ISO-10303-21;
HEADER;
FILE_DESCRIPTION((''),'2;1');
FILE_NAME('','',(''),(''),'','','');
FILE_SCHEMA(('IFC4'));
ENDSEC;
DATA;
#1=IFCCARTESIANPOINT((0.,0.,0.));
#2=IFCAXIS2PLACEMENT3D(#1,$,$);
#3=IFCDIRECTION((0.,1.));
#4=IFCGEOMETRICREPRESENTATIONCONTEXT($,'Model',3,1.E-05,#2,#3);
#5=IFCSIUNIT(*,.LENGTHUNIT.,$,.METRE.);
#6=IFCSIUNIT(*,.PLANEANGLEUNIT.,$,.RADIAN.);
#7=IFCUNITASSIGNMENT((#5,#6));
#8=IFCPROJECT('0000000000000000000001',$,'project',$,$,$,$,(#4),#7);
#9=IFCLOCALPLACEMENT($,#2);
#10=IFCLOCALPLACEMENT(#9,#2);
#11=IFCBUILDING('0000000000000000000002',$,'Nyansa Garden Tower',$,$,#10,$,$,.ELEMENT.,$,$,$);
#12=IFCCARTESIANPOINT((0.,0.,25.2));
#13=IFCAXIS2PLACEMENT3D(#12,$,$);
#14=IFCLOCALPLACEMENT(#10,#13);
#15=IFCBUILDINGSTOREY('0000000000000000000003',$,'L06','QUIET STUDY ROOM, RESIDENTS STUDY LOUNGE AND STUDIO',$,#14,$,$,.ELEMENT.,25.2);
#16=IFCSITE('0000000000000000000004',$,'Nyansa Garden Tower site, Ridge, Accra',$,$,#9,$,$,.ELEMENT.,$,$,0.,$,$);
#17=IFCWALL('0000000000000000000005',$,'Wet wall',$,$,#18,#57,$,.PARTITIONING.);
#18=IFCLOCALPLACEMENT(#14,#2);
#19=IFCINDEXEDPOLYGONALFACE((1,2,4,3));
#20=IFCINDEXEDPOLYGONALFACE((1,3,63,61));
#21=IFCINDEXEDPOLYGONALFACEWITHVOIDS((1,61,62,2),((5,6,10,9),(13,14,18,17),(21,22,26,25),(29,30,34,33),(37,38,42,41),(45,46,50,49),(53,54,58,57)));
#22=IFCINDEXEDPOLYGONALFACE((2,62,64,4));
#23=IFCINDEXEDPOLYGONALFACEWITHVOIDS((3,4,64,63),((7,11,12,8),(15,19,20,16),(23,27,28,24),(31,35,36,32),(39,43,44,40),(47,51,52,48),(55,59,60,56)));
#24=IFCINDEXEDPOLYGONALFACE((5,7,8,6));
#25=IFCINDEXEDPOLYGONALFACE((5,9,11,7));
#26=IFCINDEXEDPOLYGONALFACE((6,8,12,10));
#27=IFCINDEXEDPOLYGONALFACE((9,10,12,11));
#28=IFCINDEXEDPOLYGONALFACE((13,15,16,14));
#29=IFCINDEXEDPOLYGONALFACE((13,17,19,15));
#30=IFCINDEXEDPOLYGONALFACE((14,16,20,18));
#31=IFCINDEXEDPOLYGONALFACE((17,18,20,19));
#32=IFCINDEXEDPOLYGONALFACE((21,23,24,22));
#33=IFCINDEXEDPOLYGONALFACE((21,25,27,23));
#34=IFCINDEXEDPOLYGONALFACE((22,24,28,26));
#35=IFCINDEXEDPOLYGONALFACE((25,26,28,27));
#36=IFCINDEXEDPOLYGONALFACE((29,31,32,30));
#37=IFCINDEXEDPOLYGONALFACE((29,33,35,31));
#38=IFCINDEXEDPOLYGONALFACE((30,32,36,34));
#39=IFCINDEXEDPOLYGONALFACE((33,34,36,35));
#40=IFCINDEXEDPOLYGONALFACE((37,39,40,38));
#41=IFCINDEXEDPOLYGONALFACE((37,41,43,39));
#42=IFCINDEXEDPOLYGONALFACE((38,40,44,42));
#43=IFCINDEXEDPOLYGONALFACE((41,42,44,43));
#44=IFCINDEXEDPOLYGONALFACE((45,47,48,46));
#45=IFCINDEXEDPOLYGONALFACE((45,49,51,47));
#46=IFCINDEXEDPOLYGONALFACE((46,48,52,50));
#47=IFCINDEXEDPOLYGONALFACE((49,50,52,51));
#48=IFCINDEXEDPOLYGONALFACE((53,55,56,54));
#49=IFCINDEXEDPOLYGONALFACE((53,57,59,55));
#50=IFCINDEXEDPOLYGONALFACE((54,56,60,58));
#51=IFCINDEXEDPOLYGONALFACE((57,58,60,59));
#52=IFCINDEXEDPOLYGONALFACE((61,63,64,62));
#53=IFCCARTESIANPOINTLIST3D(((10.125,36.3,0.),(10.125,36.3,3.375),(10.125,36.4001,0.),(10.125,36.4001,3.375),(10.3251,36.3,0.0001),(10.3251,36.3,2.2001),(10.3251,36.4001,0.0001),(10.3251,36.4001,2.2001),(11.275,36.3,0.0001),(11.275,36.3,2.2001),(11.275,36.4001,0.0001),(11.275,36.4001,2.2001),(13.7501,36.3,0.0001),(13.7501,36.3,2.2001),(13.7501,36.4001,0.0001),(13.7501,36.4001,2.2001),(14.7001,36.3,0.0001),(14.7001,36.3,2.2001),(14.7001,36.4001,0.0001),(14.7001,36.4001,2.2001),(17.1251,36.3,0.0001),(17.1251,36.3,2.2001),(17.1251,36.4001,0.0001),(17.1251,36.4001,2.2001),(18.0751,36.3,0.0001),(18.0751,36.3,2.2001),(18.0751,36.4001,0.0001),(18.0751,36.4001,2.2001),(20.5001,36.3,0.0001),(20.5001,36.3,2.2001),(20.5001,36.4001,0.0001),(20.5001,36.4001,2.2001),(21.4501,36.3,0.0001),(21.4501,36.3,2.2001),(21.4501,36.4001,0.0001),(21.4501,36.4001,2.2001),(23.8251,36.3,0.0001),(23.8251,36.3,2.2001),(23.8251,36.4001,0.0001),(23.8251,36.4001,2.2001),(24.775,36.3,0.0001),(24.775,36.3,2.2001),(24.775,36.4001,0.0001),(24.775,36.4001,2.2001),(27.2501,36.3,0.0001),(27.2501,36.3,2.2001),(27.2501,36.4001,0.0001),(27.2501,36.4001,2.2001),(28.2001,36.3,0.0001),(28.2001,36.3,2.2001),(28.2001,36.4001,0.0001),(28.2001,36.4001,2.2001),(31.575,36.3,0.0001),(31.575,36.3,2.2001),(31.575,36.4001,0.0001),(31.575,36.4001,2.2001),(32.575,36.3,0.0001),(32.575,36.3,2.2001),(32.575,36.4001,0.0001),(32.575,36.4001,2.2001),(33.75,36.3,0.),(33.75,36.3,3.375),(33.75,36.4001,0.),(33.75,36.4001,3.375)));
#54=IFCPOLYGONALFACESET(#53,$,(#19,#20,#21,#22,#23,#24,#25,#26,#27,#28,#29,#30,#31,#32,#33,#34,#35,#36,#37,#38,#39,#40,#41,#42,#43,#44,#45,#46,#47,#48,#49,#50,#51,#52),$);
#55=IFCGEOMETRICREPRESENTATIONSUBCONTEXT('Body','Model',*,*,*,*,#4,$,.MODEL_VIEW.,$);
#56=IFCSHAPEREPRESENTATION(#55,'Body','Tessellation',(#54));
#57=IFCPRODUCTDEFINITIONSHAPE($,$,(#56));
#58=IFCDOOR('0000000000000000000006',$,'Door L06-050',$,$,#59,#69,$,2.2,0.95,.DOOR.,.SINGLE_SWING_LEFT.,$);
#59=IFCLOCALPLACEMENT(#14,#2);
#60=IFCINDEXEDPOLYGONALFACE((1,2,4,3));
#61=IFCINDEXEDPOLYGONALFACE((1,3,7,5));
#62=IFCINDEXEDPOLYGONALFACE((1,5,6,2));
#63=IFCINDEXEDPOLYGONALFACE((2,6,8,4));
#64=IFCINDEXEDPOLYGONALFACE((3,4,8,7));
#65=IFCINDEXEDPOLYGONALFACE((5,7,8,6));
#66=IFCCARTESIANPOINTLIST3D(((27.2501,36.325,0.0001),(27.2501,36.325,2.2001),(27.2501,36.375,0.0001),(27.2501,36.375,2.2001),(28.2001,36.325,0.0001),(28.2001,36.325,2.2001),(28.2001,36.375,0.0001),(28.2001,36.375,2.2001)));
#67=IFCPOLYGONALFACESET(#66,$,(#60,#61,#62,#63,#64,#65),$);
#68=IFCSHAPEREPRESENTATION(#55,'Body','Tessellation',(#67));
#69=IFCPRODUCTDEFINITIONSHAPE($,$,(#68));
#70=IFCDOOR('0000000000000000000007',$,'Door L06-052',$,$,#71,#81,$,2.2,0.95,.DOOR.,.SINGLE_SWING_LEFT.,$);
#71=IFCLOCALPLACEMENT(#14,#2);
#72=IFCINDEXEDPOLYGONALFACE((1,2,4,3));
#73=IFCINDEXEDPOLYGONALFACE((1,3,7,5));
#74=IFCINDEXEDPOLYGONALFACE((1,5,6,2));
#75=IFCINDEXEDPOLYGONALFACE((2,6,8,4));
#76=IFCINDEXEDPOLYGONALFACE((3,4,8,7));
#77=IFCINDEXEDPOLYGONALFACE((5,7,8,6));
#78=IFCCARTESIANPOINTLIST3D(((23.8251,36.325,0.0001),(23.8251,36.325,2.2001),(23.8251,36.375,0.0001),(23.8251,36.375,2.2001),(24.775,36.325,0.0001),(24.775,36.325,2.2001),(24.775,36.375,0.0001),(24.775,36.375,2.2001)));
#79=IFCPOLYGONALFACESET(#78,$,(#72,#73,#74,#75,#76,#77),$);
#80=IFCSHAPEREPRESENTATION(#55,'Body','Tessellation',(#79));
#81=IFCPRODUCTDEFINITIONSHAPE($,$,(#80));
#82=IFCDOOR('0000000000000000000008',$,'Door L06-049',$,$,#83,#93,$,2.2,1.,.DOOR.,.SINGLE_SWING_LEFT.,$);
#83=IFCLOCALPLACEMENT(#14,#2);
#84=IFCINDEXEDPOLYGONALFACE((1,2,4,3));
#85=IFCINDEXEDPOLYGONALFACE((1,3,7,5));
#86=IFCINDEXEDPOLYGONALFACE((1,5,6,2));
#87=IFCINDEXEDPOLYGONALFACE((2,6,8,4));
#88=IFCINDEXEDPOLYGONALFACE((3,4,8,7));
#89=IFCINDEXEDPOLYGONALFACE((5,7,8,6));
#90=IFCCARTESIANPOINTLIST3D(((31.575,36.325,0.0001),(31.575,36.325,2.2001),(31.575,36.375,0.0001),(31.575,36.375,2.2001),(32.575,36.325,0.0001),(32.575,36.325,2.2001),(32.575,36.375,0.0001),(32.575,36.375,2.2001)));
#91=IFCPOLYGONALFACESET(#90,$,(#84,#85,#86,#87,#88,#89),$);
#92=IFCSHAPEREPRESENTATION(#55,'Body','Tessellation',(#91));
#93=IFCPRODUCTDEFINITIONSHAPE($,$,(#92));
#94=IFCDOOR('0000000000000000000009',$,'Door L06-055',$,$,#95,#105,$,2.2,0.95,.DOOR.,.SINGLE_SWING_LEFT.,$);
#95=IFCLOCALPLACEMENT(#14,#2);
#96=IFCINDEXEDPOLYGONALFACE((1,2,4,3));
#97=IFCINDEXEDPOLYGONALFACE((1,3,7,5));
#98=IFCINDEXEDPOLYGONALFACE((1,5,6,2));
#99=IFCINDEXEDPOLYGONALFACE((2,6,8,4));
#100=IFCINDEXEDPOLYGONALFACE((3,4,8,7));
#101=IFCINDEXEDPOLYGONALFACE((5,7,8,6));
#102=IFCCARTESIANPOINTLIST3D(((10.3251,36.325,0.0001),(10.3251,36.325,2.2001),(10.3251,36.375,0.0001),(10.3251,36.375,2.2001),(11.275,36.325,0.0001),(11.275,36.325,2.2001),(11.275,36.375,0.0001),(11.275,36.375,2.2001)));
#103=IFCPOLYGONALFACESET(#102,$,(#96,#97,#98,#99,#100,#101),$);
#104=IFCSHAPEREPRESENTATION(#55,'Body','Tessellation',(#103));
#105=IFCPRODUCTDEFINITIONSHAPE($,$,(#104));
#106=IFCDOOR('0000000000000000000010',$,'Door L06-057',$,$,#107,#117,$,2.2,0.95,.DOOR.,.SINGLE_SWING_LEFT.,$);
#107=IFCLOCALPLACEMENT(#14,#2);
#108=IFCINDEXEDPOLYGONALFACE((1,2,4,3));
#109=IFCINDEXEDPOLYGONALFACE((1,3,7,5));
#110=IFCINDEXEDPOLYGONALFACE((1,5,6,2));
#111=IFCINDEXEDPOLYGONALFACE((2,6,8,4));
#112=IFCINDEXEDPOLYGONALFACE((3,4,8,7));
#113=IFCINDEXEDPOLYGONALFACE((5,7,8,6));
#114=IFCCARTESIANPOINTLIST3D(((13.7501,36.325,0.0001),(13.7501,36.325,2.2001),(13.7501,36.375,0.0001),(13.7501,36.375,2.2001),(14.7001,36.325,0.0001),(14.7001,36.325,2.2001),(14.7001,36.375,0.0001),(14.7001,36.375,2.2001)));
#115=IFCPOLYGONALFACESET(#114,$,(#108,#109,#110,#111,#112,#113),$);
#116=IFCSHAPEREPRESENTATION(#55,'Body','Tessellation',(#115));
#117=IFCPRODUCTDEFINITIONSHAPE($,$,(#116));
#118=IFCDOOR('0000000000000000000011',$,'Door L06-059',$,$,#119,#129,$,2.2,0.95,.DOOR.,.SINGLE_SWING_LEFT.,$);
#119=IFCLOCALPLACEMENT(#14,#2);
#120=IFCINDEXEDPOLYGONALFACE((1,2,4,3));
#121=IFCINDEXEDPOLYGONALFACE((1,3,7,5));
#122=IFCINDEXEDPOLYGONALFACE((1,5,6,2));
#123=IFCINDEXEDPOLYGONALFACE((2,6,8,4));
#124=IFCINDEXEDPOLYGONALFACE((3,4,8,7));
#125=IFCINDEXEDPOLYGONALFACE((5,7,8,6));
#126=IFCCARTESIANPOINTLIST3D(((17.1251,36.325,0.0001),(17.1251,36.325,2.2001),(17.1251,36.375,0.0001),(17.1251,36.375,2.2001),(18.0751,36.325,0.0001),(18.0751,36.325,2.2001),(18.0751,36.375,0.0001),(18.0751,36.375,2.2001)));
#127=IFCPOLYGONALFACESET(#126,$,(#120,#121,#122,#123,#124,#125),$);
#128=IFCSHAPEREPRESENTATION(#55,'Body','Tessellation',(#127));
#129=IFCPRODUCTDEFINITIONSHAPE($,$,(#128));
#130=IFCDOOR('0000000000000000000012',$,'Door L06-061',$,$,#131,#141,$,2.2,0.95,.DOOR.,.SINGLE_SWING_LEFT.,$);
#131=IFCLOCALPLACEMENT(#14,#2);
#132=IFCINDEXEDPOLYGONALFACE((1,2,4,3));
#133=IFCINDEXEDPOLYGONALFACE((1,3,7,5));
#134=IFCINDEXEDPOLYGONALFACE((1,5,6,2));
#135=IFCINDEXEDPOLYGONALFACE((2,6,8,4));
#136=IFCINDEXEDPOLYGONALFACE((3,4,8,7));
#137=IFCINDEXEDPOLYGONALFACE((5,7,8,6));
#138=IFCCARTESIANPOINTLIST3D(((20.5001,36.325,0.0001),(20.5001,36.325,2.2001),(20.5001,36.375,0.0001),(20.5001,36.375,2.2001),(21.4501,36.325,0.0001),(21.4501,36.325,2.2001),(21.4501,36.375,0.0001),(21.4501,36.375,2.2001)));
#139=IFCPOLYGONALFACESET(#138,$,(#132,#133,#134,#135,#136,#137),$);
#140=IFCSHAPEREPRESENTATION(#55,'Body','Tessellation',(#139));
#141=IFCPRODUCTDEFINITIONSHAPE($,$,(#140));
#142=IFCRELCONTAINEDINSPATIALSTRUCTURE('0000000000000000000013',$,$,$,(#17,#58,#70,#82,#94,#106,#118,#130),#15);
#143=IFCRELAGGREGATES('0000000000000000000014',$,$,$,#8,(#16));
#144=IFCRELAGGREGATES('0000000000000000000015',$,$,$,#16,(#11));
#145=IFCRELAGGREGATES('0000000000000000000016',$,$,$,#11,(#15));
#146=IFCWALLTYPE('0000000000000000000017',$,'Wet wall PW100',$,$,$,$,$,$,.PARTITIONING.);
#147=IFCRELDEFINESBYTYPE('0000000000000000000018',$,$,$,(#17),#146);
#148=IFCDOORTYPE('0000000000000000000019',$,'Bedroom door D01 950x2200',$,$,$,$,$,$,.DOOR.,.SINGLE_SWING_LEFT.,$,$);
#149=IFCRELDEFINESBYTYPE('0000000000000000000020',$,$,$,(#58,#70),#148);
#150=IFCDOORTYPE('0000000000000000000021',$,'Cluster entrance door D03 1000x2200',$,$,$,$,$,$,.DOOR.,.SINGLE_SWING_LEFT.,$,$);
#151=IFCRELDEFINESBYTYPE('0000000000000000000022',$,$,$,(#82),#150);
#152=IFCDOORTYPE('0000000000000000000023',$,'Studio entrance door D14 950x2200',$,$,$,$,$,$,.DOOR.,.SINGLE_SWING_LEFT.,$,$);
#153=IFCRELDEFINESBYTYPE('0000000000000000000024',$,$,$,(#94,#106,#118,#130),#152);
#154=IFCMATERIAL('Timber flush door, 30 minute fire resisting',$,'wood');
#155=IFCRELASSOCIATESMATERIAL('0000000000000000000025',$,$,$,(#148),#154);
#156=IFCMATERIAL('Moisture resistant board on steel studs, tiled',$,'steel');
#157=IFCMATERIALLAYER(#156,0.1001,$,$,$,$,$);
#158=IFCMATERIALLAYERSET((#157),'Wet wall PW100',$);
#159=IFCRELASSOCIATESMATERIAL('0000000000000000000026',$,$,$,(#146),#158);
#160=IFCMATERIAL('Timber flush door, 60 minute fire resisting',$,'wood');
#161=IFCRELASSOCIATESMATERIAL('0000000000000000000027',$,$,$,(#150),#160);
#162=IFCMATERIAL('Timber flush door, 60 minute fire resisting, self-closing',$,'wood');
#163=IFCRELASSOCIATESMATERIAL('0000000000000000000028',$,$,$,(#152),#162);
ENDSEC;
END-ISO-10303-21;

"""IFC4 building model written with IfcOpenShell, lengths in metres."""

from ifc_helpers import new_model, si_unit, direction, frame, frame_2d, origin, place, context, subcontext, project, spatial, rectangle, extrude, material, layer, layer_set, type_object, element, fill, save


model = new_model("IFC4")

# Units and contexts
model_context = context("Model", 3, precision=1e-05, world=origin(), true_north=direction((0.0, 1.0)))
body_context = subcontext(model_context, "Body", "Model", "MODEL_VIEW")
ifc_project = project(units=[si_unit("LENGTHUNIT", "METRE"), si_unit("PLANEANGLEUNIT", "RADIAN")], contexts=[model_context])

# Site, building, storey
site_placement = place(None, origin())
site = spatial("IfcSite", under=ifc_project, at=site_placement, Name="Nyansa Garden Tower site, Ridge, Accra", CompositionType="ELEMENT", RefElevation=0.0)
building_placement = place(site_placement, origin())
building = spatial("IfcBuilding", under=site, at=building_placement, Name="Nyansa Garden Tower", CompositionType="ELEMENT")
storey_placement = place(building_placement, frame((0.0, 0.0, 25.2)))
storey = spatial("IfcBuildingStorey", under=building, at=storey_placement, Name="L06", Description="QUIET STUDY ROOM, RESIDENTS STUDY LOUNGE AND STUDIO", CompositionType="ELEMENT", Elevation=25.2)

# Shared definitions
ifc_material_1 = material(Name="Timber flush door, 30 minute fire resisting", Category="wood")
door_type_1 = type_object("IfcDoorType", Name="Bedroom door D01 950x2200", OperationType="SINGLE_SWING_LEFT", PredefinedType="DOOR", material=ifc_material_1)

# Wall, openings, doors
ifc_material_2 = material(Name="Moisture resistant board on steel studs, tiled", Category="steel")
ifc_layer_1 = layer(ifc_material_2, 0.1001)
ifc_layer_set_1 = layer_set([ifc_layer_1], Name="Wet wall PW100")
wall_type_1 = type_object("IfcWallType", Name="Wet wall PW100", PredefinedType="PARTITIONING", material=ifc_layer_set_1)
wall_1_placement = place(storey_placement, frame((10.125, 36.3501, 0.0), z_axis=(0.0, 0.0, 1.0), x_axis=(1.0, 0.0, 0.0)))
wall_1 = element("IfcWall", 1, at=wall_1_placement, inside=storey, type_object=wall_type_1, Name="Wet wall", PredefinedType="PARTITIONING", context=body_context, shape_type="SweptSolid", body=[
    extrude(rectangle(XDim=23.625, YDim=0.1001, at=frame_2d((11.8125, 0.0))), origin(), (0.0, 0.0, 1.0), 3.375),
])
opening_1_placement = place(wall_1_placement, frame((21.45, 0.0, 0.0)))
opening_1 = element("IfcOpeningElement", 2, at=opening_1_placement, cuts=wall_1, PredefinedType="OPENING", context=body_context, shape_type="SweptSolid", body=[
    extrude(rectangle(XDim=1.0, YDim=2.2, at=frame_2d((0.5, 1.1001))), frame((0.0, 0.0601, 0.0), z_axis=(0.0, -1.0, 0.0), x_axis=(1.0, 0.0, 0.0)), (0.0, 0.0, 1.0), 0.1201),
])
opening_2_placement = place(wall_1_placement, frame((17.125, 0.0, 0.0)))
opening_2 = element("IfcOpeningElement", 3, at=opening_2_placement, cuts=wall_1, PredefinedType="OPENING", context=body_context, shape_type="SweptSolid", body=[
    extrude(rectangle(XDim=0.95, YDim=2.2, at=frame_2d((0.4751, 1.1001))), frame((0.0, 0.0601, 0.0), z_axis=(0.0, -1.0, 0.0), x_axis=(1.0, 0.0, 0.0)), (0.0, 0.0, 1.0), 0.1201),
])
opening_3_placement = place(wall_1_placement, frame((13.7, 0.0, 0.0)))
opening_3 = element("IfcOpeningElement", 4, at=opening_3_placement, cuts=wall_1, PredefinedType="OPENING", context=body_context, shape_type="SweptSolid", body=[
    extrude(rectangle(XDim=0.95, YDim=2.2, at=frame_2d((0.4751, 1.1001))), frame((0.0, 0.0601, 0.0), z_axis=(0.0, -1.0, 0.0), x_axis=(1.0, 0.0, 0.0)), (0.0, 0.0, 1.0), 0.1201),
])
opening_4_placement = place(wall_1_placement, frame((0.2, 0.0, 0.0)))
opening_4 = element("IfcOpeningElement", 5, at=opening_4_placement, cuts=wall_1, PredefinedType="OPENING", context=body_context, shape_type="SweptSolid", body=[
    extrude(rectangle(XDim=0.95, YDim=2.2, at=frame_2d((0.4751, 1.1001))), frame((0.0, 0.0601, 0.0), z_axis=(0.0, -1.0, 0.0), x_axis=(1.0, 0.0, 0.0)), (0.0, 0.0, 1.0), 0.1201),
])
opening_5_placement = place(wall_1_placement, frame((3.625, 0.0, 0.0)))
opening_5 = element("IfcOpeningElement", 6, at=opening_5_placement, cuts=wall_1, PredefinedType="OPENING", context=body_context, shape_type="SweptSolid", body=[
    extrude(rectangle(XDim=0.95, YDim=2.2, at=frame_2d((0.4751, 1.1001))), frame((0.0, 0.0601, 0.0), z_axis=(0.0, -1.0, 0.0), x_axis=(1.0, 0.0, 0.0)), (0.0, 0.0, 1.0), 0.1201),
])
opening_6_placement = place(wall_1_placement, frame((7.0, 0.0, 0.0)))
opening_6 = element("IfcOpeningElement", 7, at=opening_6_placement, cuts=wall_1, PredefinedType="OPENING", context=body_context, shape_type="SweptSolid", body=[
    extrude(rectangle(XDim=0.95, YDim=2.2, at=frame_2d((0.4751, 1.1001))), frame((0.0, 0.0601, 0.0), z_axis=(0.0, -1.0, 0.0), x_axis=(1.0, 0.0, 0.0)), (0.0, 0.0, 1.0), 0.1201),
])
opening_7_placement = place(wall_1_placement, frame((10.375, 0.0, 0.0)))
opening_7 = element("IfcOpeningElement", 8, at=opening_7_placement, cuts=wall_1, PredefinedType="OPENING", context=body_context, shape_type="SweptSolid", body=[
    extrude(rectangle(XDim=0.95, YDim=2.2, at=frame_2d((0.4751, 1.1001))), frame((0.0, 0.0601, 0.0), z_axis=(0.0, -1.0, 0.0), x_axis=(1.0, 0.0, 0.0)), (0.0, 0.0, 1.0), 0.1201),
])
door_1_placement = place(opening_2_placement, origin())
door_1 = element("IfcDoor", 9, at=door_1_placement, inside=storey, type_object=door_type_1, Name="Door L06-050", OperationType="SINGLE_SWING_LEFT", OverallHeight=2.2, OverallWidth=0.95, PredefinedType="DOOR", context=body_context, shape_type="SweptSolid", body=[
    extrude(rectangle(XDim=0.95, YDim=2.2, at=frame_2d((0.4751, 1.1001))), frame((0.0, 0.0249, 0.0), z_axis=(0.0, -1.0, 0.0), x_axis=(1.0, 0.0, 0.0)), (0.0, 0.0, 1.0), 0.05),
])
fill(opening_2, door_1)
door_2_placement = place(opening_3_placement, origin())
door_2 = element("IfcDoor", 10, at=door_2_placement, inside=storey, type_object=door_type_1, Name="Door L06-052", OperationType="SINGLE_SWING_LEFT", OverallHeight=2.2, OverallWidth=0.95, PredefinedType="DOOR", context=body_context, shape_type="SweptSolid", body=[
    extrude(rectangle(XDim=0.95, YDim=2.2, at=frame_2d((0.4751, 1.1001))), frame((0.0, 0.0249, 0.0), z_axis=(0.0, -1.0, 0.0), x_axis=(1.0, 0.0, 0.0)), (0.0, 0.0, 1.0), 0.05),
])
fill(opening_3, door_2)
ifc_material_3 = material(Name="Timber flush door, 60 minute fire resisting", Category="wood")
door_type_2 = type_object("IfcDoorType", Name="Cluster entrance door D03 1000x2200", OperationType="SINGLE_SWING_LEFT", PredefinedType="DOOR", material=ifc_material_3)
door_3_placement = place(opening_1_placement, origin())
door_3 = element("IfcDoor", 11, at=door_3_placement, inside=storey, type_object=door_type_2, Name="Door L06-049", OperationType="SINGLE_SWING_LEFT", OverallHeight=2.2, OverallWidth=1.0, PredefinedType="DOOR", context=body_context, shape_type="SweptSolid", body=[
    extrude(rectangle(XDim=1.0, YDim=2.2, at=frame_2d((0.5, 1.1001))), frame((0.0, 0.0249, 0.0), z_axis=(0.0, -1.0, 0.0), x_axis=(1.0, 0.0, 0.0)), (0.0, 0.0, 1.0), 0.05),
])
fill(opening_1, door_3)
ifc_material_4 = material(Name="Timber flush door, 60 minute fire resisting, self-closing", Category="wood")
door_type_3 = type_object("IfcDoorType", Name="Studio entrance door D14 950x2200", OperationType="SINGLE_SWING_LEFT", PredefinedType="DOOR", material=ifc_material_4)
door_4_placement = place(opening_4_placement, origin())
door_4 = element("IfcDoor", 12, at=door_4_placement, inside=storey, type_object=door_type_3, Name="Door L06-055", OperationType="SINGLE_SWING_LEFT", OverallHeight=2.2, OverallWidth=0.95, PredefinedType="DOOR", context=body_context, shape_type="SweptSolid", body=[
    extrude(rectangle(XDim=0.95, YDim=2.2, at=frame_2d((0.4751, 1.1001))), frame((0.0, 0.0249, 0.0), z_axis=(0.0, -1.0, 0.0), x_axis=(1.0, 0.0, 0.0)), (0.0, 0.0, 1.0), 0.05),
])
fill(opening_4, door_4)
door_5_placement = place(opening_5_placement, origin())
door_5 = element("IfcDoor", 13, at=door_5_placement, inside=storey, type_object=door_type_3, Name="Door L06-057", OperationType="SINGLE_SWING_LEFT", OverallHeight=2.2, OverallWidth=0.95, PredefinedType="DOOR", context=body_context, shape_type="SweptSolid", body=[
    extrude(rectangle(XDim=0.95, YDim=2.2, at=frame_2d((0.4751, 1.1001))), frame((0.0, 0.0249, 0.0), z_axis=(0.0, -1.0, 0.0), x_axis=(1.0, 0.0, 0.0)), (0.0, 0.0, 1.0), 0.05),
])
fill(opening_5, door_5)
door_6_placement = place(opening_6_placement, origin())
door_6 = element("IfcDoor", 14, at=door_6_placement, inside=storey, type_object=door_type_3, Name="Door L06-059", OperationType="SINGLE_SWING_LEFT", OverallHeight=2.2, OverallWidth=0.95, PredefinedType="DOOR", context=body_context, shape_type="SweptSolid", body=[
    extrude(rectangle(XDim=0.95, YDim=2.2, at=frame_2d((0.4751, 1.1001))), frame((0.0, 0.0249, 0.0), z_axis=(0.0, -1.0, 0.0), x_axis=(1.0, 0.0, 0.0)), (0.0, 0.0, 1.0), 0.05),
])
fill(opening_6, door_6)
door_7_placement = place(opening_7_placement, origin())
door_7 = element("IfcDoor", 15, at=door_7_placement, inside=storey, type_object=door_type_3, Name="Door L06-061", OperationType="SINGLE_SWING_LEFT", OverallHeight=2.2, OverallWidth=0.95, PredefinedType="DOOR", context=body_context, shape_type="SweptSolid", body=[
    extrude(rectangle(XDim=0.95, YDim=2.2, at=frame_2d((0.4751, 1.1001))), frame((0.0, 0.0249, 0.0), z_axis=(0.0, -1.0, 0.0), x_axis=(1.0, 0.0, 0.0)), (0.0, 0.0, 1.0), 0.05),
])
fill(opening_7, door_7)

save(model, "model.ifc")
